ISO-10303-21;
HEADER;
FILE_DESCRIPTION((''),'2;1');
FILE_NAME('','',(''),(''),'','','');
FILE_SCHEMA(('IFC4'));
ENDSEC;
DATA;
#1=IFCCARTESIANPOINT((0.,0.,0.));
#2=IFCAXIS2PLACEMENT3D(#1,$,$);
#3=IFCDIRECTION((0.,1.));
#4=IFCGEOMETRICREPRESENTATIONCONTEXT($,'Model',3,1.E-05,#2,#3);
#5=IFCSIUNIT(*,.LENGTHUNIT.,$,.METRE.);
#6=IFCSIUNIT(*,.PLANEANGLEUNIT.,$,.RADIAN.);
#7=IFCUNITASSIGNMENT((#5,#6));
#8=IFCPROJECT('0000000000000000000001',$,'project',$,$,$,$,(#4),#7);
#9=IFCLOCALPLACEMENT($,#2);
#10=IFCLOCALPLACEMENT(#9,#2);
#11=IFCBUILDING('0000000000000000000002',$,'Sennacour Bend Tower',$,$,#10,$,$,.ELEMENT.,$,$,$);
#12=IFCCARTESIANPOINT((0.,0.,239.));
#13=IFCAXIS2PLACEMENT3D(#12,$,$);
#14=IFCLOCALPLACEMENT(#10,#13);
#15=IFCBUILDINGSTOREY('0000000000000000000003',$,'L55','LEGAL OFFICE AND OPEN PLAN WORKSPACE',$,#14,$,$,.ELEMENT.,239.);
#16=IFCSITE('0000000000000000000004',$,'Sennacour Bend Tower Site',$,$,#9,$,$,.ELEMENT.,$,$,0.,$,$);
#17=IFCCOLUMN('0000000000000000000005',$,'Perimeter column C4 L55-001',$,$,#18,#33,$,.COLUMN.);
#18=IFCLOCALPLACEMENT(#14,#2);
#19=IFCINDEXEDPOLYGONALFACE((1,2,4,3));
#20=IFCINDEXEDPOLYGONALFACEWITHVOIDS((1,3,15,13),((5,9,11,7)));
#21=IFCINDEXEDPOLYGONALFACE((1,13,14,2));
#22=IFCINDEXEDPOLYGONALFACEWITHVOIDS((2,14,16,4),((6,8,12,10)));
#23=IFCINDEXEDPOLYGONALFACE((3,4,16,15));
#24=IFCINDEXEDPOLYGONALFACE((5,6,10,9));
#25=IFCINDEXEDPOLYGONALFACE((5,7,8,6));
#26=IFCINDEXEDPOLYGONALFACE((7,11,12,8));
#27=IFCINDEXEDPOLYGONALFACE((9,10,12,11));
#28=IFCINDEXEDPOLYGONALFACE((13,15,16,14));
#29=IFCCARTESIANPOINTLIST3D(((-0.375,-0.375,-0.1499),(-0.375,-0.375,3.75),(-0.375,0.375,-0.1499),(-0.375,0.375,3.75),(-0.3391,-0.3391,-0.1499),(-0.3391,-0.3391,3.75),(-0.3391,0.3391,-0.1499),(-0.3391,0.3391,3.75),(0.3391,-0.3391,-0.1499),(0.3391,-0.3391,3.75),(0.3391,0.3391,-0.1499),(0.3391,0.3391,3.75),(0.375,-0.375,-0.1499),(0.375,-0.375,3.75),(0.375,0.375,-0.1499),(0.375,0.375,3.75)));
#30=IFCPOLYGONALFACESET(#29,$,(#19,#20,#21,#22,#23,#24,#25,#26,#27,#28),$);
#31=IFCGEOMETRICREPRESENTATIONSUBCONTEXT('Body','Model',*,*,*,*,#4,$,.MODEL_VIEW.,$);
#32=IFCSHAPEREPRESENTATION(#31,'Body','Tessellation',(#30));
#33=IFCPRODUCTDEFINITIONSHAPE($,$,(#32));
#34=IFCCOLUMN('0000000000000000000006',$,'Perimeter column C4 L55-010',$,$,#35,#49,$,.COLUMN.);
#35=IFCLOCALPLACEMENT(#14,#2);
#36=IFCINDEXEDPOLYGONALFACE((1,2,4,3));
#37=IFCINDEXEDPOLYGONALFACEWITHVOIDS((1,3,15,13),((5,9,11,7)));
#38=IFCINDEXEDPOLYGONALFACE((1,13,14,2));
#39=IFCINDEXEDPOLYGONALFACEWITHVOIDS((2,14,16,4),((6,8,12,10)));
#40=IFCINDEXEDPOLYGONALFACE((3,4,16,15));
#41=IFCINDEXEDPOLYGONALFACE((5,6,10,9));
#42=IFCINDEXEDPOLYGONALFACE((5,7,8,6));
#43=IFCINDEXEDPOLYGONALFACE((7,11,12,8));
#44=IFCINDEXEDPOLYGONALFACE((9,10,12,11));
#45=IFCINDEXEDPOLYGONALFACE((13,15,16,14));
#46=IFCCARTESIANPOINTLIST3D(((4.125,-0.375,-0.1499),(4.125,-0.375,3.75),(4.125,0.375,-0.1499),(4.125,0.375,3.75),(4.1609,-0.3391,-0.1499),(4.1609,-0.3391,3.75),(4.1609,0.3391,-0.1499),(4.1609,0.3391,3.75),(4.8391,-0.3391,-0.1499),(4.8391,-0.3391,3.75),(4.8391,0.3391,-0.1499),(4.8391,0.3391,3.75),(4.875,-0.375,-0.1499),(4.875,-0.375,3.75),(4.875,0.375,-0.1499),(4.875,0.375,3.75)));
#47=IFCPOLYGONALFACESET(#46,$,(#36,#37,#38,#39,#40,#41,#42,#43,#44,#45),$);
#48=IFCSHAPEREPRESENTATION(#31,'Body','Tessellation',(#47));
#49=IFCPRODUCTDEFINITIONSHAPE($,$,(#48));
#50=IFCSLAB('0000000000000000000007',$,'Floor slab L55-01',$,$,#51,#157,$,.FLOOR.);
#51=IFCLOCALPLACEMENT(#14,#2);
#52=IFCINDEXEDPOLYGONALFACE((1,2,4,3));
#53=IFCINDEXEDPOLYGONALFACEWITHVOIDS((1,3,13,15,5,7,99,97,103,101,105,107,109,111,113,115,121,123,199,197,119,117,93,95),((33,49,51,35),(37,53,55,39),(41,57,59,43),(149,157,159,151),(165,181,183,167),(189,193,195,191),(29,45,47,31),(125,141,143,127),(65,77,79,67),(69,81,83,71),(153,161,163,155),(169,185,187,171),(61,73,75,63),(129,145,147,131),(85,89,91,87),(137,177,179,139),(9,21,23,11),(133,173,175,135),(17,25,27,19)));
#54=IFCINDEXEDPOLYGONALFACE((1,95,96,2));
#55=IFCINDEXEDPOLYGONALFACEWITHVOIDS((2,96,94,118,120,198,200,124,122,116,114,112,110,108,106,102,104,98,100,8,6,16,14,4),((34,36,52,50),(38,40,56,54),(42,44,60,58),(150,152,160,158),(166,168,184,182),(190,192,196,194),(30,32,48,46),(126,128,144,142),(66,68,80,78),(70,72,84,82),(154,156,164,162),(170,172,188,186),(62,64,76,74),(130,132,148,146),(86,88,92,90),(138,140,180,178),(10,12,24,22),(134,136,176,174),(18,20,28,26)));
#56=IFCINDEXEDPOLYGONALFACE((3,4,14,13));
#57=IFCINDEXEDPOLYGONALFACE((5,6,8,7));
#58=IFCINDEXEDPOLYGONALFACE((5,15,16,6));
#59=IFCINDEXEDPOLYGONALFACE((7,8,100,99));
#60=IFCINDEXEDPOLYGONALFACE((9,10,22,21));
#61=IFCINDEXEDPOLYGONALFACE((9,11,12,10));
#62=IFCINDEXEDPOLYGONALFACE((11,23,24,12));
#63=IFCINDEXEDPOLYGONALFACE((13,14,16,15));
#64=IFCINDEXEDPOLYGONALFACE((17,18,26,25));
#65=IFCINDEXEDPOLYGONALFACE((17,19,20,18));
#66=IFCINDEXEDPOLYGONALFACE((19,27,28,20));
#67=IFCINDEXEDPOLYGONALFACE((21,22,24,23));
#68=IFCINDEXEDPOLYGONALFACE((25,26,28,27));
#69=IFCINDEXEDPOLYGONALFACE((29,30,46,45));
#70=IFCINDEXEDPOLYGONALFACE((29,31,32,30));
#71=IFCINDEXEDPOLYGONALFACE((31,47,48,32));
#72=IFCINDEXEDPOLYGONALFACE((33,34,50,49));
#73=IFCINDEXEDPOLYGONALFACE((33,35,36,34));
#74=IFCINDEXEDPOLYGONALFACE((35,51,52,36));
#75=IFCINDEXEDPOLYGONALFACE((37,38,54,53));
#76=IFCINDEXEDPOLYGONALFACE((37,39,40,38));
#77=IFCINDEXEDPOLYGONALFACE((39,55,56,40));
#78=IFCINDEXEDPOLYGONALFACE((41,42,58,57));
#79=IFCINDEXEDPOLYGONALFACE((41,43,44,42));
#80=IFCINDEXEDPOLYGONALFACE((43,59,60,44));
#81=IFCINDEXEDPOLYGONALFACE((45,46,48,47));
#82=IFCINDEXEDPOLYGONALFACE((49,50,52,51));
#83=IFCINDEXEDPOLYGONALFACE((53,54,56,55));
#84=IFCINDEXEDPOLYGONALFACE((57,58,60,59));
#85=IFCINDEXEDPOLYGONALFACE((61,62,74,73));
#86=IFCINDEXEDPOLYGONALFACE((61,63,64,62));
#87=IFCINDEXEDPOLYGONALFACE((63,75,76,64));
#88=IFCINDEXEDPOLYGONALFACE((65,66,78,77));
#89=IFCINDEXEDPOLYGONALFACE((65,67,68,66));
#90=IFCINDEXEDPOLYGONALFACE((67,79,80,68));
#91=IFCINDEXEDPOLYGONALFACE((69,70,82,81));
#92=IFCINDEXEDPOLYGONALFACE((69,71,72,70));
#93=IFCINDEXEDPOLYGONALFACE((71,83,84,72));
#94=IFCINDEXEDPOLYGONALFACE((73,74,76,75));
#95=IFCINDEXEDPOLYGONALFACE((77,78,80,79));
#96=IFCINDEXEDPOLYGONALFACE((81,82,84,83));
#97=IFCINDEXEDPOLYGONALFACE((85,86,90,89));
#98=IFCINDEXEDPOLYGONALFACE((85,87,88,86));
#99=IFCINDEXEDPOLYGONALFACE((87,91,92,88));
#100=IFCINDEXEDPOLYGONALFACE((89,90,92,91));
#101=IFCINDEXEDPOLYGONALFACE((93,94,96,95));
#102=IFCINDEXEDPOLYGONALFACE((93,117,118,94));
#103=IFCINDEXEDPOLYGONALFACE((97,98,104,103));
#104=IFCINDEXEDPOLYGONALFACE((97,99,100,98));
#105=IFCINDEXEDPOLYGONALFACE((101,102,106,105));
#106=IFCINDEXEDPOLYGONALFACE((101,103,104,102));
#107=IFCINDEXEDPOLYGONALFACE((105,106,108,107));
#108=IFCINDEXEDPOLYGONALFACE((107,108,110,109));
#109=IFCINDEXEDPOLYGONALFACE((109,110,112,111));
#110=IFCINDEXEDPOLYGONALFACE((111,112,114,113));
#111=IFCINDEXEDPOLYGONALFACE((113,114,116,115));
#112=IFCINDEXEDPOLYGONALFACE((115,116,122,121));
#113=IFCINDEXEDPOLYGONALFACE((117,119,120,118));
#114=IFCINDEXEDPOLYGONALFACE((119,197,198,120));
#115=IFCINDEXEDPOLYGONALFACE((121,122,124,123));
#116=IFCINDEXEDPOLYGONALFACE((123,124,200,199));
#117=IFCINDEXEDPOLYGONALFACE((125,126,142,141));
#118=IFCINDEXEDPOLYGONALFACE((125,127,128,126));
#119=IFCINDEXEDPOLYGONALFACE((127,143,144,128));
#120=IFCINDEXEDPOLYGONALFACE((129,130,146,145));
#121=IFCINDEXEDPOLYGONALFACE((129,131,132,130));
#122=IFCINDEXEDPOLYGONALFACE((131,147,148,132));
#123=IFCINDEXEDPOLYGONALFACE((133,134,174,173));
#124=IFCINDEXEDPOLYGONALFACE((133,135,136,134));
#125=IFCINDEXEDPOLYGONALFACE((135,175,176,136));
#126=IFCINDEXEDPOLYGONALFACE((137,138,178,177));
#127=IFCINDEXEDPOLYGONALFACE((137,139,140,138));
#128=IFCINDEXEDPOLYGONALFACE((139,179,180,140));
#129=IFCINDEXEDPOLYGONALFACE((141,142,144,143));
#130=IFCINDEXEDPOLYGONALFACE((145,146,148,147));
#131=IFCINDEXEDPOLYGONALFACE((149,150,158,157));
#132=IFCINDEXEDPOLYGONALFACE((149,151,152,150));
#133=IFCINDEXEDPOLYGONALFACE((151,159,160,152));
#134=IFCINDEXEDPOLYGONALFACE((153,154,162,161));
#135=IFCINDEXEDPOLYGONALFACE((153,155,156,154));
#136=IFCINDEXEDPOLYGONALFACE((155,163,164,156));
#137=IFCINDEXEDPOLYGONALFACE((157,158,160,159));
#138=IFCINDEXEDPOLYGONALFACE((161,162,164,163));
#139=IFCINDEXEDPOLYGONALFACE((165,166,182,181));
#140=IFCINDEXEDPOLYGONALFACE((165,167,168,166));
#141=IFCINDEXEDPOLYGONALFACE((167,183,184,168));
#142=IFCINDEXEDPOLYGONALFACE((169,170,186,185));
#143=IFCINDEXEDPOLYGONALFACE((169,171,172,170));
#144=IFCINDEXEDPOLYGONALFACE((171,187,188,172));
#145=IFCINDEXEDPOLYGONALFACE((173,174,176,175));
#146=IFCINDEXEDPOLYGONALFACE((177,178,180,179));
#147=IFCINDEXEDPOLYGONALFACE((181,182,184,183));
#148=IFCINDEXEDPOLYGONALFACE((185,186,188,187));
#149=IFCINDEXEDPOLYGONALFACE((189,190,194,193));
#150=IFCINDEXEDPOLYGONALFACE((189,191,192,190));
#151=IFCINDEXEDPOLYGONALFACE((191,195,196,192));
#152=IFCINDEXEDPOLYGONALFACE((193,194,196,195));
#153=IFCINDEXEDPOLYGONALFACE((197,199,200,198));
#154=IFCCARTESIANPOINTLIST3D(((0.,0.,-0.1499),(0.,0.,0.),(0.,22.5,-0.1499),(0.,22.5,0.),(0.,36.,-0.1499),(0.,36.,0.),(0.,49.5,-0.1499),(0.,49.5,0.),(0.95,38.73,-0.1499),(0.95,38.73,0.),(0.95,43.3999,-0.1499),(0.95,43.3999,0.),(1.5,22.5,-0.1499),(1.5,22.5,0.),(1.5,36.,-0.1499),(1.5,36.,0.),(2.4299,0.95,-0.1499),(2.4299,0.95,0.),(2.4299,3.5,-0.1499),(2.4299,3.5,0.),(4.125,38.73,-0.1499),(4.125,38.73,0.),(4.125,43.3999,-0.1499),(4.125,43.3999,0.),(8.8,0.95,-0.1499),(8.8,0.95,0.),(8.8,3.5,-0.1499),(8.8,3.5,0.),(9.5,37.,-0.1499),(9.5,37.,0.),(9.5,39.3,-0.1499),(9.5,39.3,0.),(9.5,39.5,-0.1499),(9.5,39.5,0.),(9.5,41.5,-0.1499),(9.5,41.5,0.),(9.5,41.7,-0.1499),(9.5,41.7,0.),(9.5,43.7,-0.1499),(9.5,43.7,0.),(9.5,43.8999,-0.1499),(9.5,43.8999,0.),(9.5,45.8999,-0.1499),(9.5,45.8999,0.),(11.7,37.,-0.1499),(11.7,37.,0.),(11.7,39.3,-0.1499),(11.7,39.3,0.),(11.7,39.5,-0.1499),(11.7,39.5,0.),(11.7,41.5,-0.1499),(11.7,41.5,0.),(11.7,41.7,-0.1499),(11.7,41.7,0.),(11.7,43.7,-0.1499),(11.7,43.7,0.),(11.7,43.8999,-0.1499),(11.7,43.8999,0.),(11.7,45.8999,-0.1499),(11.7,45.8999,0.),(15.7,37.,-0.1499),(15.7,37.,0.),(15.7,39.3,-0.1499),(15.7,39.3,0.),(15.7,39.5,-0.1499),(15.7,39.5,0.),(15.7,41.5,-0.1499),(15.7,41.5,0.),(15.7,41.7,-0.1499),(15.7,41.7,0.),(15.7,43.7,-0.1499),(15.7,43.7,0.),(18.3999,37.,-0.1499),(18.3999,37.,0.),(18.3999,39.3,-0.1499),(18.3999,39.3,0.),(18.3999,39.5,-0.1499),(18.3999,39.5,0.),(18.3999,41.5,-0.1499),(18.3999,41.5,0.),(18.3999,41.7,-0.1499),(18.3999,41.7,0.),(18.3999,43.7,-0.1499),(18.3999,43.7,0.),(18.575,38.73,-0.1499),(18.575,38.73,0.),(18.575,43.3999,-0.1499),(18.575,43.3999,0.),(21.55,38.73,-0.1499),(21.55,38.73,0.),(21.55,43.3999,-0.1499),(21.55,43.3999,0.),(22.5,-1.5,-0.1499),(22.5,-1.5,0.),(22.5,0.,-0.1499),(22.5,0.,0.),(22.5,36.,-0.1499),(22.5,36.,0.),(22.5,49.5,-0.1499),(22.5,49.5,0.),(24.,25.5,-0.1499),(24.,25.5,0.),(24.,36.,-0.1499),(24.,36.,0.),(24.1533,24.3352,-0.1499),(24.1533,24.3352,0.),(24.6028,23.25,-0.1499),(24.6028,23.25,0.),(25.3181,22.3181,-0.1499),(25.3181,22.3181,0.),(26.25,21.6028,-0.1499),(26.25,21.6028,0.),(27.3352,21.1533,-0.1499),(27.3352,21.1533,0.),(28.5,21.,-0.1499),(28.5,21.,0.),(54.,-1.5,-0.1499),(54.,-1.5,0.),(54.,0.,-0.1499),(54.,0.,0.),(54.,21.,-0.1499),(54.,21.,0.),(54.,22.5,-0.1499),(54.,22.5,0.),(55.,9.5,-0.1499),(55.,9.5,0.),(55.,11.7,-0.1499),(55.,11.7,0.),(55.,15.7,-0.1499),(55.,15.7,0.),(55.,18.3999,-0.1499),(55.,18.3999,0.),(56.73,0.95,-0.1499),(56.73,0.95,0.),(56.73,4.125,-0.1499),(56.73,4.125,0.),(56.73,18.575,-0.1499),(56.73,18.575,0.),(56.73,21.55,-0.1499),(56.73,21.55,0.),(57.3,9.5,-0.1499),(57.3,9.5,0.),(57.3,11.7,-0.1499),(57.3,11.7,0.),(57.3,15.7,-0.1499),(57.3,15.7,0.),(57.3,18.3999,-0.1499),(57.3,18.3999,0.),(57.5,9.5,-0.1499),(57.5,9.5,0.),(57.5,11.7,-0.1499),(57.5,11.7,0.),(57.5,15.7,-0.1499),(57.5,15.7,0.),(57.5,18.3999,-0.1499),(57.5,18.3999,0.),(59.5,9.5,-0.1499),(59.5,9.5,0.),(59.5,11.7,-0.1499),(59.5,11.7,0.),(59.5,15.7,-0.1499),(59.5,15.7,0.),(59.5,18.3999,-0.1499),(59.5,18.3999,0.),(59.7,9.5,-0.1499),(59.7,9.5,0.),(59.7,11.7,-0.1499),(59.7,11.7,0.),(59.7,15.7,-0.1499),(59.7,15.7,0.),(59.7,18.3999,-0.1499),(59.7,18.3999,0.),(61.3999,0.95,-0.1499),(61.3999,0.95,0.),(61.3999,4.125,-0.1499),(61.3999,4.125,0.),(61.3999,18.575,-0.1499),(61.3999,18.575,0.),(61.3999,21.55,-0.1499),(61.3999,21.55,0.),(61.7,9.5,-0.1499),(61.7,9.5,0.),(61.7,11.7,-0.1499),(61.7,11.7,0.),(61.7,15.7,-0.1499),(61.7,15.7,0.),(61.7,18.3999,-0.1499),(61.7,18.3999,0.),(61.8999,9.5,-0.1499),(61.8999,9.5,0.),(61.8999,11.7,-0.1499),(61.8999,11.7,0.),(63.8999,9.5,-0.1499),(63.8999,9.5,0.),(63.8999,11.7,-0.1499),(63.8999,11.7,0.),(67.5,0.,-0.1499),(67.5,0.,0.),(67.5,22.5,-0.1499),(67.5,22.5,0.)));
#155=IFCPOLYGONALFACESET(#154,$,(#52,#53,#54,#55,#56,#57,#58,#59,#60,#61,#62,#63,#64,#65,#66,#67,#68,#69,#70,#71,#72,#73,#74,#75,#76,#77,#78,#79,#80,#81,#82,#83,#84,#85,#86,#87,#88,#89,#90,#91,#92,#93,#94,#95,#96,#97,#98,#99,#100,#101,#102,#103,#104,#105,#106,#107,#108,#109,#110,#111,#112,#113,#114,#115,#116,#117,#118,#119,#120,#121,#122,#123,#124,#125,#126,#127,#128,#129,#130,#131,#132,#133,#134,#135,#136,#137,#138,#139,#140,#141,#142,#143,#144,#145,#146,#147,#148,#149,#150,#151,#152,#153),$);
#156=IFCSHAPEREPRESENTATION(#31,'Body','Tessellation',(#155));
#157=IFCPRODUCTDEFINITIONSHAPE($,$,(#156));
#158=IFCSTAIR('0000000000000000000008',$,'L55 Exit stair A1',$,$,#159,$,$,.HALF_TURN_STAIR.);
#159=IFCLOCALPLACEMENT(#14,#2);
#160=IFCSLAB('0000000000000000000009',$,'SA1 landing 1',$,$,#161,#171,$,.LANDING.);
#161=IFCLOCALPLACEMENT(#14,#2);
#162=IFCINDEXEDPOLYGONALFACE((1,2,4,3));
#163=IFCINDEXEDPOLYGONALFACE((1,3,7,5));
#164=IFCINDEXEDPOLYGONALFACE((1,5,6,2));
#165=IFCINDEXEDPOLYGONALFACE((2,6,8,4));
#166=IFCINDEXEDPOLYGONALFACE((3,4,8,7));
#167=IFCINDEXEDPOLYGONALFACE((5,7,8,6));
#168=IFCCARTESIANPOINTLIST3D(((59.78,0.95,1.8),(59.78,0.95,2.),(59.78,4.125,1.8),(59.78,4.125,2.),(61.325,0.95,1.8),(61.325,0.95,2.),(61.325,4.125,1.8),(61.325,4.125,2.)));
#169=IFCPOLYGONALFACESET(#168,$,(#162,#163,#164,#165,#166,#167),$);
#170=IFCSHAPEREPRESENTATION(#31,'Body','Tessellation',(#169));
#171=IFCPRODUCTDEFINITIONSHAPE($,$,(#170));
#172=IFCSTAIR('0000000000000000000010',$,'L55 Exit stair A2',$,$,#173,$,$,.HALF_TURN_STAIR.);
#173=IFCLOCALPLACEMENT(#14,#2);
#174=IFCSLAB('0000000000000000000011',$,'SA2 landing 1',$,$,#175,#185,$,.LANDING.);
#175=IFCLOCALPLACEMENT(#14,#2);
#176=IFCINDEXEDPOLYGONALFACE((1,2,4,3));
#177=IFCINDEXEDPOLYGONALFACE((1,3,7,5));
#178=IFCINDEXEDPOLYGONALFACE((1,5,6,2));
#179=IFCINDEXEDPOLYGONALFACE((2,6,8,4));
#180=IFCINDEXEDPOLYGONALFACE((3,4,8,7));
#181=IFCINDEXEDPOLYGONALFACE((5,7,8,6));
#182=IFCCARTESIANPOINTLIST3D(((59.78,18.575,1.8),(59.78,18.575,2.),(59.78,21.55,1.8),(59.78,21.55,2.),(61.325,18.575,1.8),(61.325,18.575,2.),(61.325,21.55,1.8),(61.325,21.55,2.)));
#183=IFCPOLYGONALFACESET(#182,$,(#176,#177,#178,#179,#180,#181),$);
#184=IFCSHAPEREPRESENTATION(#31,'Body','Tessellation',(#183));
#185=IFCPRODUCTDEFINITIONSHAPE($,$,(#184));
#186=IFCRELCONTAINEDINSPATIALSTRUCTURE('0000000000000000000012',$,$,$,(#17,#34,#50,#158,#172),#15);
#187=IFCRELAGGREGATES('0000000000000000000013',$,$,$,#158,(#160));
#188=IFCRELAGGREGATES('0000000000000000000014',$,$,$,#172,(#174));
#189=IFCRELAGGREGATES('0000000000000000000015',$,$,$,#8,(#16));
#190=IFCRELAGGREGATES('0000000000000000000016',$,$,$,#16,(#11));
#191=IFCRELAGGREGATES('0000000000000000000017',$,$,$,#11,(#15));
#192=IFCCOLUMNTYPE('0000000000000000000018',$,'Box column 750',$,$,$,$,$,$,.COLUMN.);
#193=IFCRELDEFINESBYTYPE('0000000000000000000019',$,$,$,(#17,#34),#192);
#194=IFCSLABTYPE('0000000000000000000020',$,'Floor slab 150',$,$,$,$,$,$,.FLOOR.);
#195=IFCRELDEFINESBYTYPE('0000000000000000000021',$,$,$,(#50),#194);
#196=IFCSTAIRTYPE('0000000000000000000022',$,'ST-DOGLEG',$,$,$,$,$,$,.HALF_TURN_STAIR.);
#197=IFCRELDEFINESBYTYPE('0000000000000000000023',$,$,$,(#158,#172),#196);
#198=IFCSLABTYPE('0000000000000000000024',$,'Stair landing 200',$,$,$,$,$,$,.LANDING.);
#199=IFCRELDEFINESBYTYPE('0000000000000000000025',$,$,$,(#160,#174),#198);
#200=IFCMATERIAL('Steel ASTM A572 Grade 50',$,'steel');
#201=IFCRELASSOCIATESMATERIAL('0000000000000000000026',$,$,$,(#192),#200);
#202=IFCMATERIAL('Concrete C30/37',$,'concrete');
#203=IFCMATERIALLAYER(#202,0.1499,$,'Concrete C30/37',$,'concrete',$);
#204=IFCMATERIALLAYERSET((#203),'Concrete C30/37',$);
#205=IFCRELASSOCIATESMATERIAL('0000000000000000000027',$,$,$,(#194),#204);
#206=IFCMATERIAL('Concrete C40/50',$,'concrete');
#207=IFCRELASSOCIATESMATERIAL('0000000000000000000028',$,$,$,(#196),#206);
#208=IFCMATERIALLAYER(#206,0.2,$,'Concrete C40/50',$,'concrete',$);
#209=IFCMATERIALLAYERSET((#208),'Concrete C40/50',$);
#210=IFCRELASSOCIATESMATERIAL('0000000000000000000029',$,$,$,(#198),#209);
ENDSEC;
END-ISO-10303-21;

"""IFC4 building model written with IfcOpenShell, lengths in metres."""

from ifc_helpers import new_model, si_unit, direction, frame, origin, origin_2d, place, context, subcontext, project, spatial, polyline, hollow_rectangle, outline, extrude, material, layer, layer_set, material_profile, profile_set, type_object, element, aggregate, save


model = new_model("IFC4")

# Units and contexts
model_context = context("Model", 3, precision=1e-05, world=origin(), true_north=direction((0.0, 1.0)))
body_context = subcontext(model_context, "Body", "Model", "MODEL_VIEW")
ifc_project = project(units=[si_unit("LENGTHUNIT", "METRE"), si_unit("PLANEANGLEUNIT", "RADIAN")], contexts=[model_context])

# Site, building, storey
site_placement = place(None, origin())
site = spatial("IfcSite", under=ifc_project, at=site_placement, Name="Sennacour Bend Tower Site", CompositionType="ELEMENT", RefElevation=0.0)
building_placement = place(site_placement, origin())
building = spatial("IfcBuilding", under=site, at=building_placement, Name="Sennacour Bend Tower", CompositionType="ELEMENT")
storey_placement = place(building_placement, frame((0.0, 0.0, 239.0)))
storey = spatial("IfcBuildingStorey", under=building, at=storey_placement, Name="L55", Description="LEGAL OFFICE AND OPEN PLAN WORKSPACE", CompositionType="ELEMENT", Elevation=239.0)

# Columns
ifc_material_1 = material(Name="Steel ASTM A572 Grade 50", Category="steel")
ifc_material_profile = material_profile(ifc_material_1, hollow_rectangle(XDim=0.75, YDim=0.75, WallThickness=0.0359, at=origin_2d()), Name="Steel ASTM A572 Grade 50", Category="steel")
ifc_profile_set = profile_set([ifc_material_profile], Name="Steel ASTM A572 Grade 50")
column_type = type_object("IfcColumnType", Name="Box column 750", PredefinedType="COLUMN", material=ifc_profile_set)
for number, where, z_axis, x_axis, name in (
    (1, (0.0, 0.0, -0.1499), (0.0, 0.0, 1.0), (1.0, 0.0, 0.0), "Perimeter column C4 L55-001"),
    (2, (4.5, 0.0, -0.1499), (0.0, 0.0, 1.0), (1.0, 0.0, 0.0), "Perimeter column C4 L55-010"),
):
    element("IfcColumn", number, at=place(storey_placement, frame(where, z_axis=z_axis, x_axis=x_axis)), inside=storey, type_object=column_type, Name=name, PredefinedType="COLUMN", context=body_context, shape_type="SweptSolid", body=[
        extrude(hollow_rectangle(XDim=0.75, YDim=0.75, WallThickness=0.0359, at=origin_2d()), origin(), (0.0, 0.0, 1.0), 3.8999),
    ])

# Slab
ifc_material_2 = material(Name="Concrete C30/37", Category="concrete")
ifc_layer_1 = layer(ifc_material_2, 0.1499, Name="Concrete C30/37", Category="concrete")
ifc_layer_set_1 = layer_set([ifc_layer_1], Name="Concrete C30/37")
slab_type_1 = type_object("IfcSlabType", Name="Floor slab 150", PredefinedType="FLOOR", material=ifc_layer_set_1)
slab_1_placement = place(storey_placement, frame((0.0, 0.0, -0.1499)))
element("IfcSlab", 3, at=slab_1_placement, inside=storey, type_object=slab_type_1, Name="Floor slab L55-01", PredefinedType="FLOOR", context=body_context, shape_type="SweptSolid", body=[
    extrude(outline(polyline([(22.5, 0.0), (0.0, 0.0), (0.0, 22.5), (1.5, 22.5), (1.5, 36.0), (0.0, 36.0), (0.0, 49.5), (22.5, 49.5), (22.5, 36.0), (24.0, 36.0), (24.0, 25.5), (24.1533, 24.3352), (24.6028, 23.25), (25.3181, 22.3181), (26.25, 21.6028), (27.3352, 21.1533), (28.5, 21.0), (54.0, 21.0), (54.0, 22.5), (67.5, 22.5), (67.5, 0.0), (54.0, 0.0), (54.0, -1.5), (22.5, -1.5), (22.5, 0.0)]), holes=[polyline([(8.8, 0.95), (8.8, 3.5), (2.4299, 3.5), (2.4299, 0.95), (8.8, 0.95)]), polyline([(11.7, 37.0), (11.7, 39.3), (9.5, 39.3), (9.5, 37.0), (11.7, 37.0)]), polyline([(18.3999, 37.0), (18.3999, 39.3), (15.7, 39.3), (15.7, 37.0), (18.3999, 37.0)]), polyline([(11.7, 39.5), (11.7, 41.5), (9.5, 41.5), (9.5, 39.5), (11.7, 39.5)]), polyline([(18.3999, 39.5), (18.3999, 41.5), (15.7, 41.5), (15.7, 39.5), (18.3999, 39.5)]), polyline([(4.125, 38.73), (4.125, 43.3999), (0.95, 43.3999), (0.95, 38.73), (4.125, 38.73)]), polyline([(21.55, 38.73), (21.55, 43.3999), (18.575, 43.3999), (18.575, 38.73), (21.55, 38.73)]), polyline([(9.5, 41.7), (11.7, 41.7), (11.7, 43.7), (9.5, 43.7), (9.5, 41.7)]), polyline([(15.7, 41.7), (18.3999, 41.7), (18.3999, 43.7), (15.7, 43.7), (15.7, 41.7)]), polyline([(11.7, 43.8999), (11.7, 45.8999), (9.5, 45.8999), (9.5, 43.8999), (11.7, 43.8999)]), polyline([(61.3999, 0.95), (61.3999, 4.125), (56.73, 4.125), (56.73, 0.95), (61.3999, 0.95)]), polyline([(57.3, 9.5), (57.3, 11.7), (55.0, 11.7), (55.0, 9.5), (57.3, 9.5)]), polyline([(57.5, 9.5), (59.5, 9.5), (59.5, 11.7), (57.5, 11.7), (57.5, 9.5)]), polyline([(59.7, 9.5), (61.7, 9.5), (61.7, 11.7), (59.7, 11.7), (59.7, 9.5)]), polyline([(63.8999, 9.5), (63.8999, 11.7), (61.8999, 11.7), (61.8999, 9.5), (63.8999, 9.5)]), polyline([(57.3, 15.7), (57.3, 18.3999), (55.0, 18.3999), (55.0, 15.7), (57.3, 15.7)]), polyline([(59.5, 15.7), (59.5, 18.3999), (57.5, 18.3999), (57.5, 15.7), (59.5, 15.7)]), polyline([(59.7, 15.7), (61.7, 15.7), (61.7, 18.3999), (59.7, 18.3999), (59.7, 15.7)]), polyline([(56.73, 18.575), (61.3999, 18.575), (61.3999, 21.55), (56.73, 21.55), (56.73, 18.575)])]), origin(), (0.0, 0.0, 1.0), 0.1499),
])

# Stairs, slabs
ifc_material_3 = material(Name="Concrete C40/50", Category="concrete")
stair_type = type_object("IfcStairType", Name="ST-DOGLEG", PredefinedType="HALF_TURN_STAIR", material=ifc_material_3)
stair_1_placement = place(storey_placement, origin())
stair_1 = element("IfcStair", 4, at=stair_1_placement, inside=storey, type_object=stair_type, Name="L55 Exit stair A1", PredefinedType="HALF_TURN_STAIR")
ifc_layer_2 = layer(ifc_material_3, 0.2, Name="Concrete C40/50", Category="concrete")
ifc_layer_set_2 = layer_set([ifc_layer_2], Name="Concrete C40/50")
slab_type_2 = type_object("IfcSlabType", Name="Stair landing 200", PredefinedType="LANDING", material=ifc_layer_set_2)
slab_2_placement = place(storey_placement, frame((0.0, 0.0, 1.8)))
slab_2 = element("IfcSlab", 5, at=slab_2_placement, type_object=slab_type_2, Name="SA1 landing 1", PredefinedType="LANDING", context=body_context, shape_type="SweptSolid", body=[
    extrude(outline(polyline([(59.78, 0.95), (61.325, 0.95), (61.325, 4.125), (59.78, 4.125), (59.78, 0.95)])), origin(), (0.0, 0.0, 1.0), 0.2),
])
aggregate(stair_1, [slab_2])
stair_2_placement = place(storey_placement, origin())
stair_2 = element("IfcStair", 6, at=stair_2_placement, inside=storey, type_object=stair_type, Name="L55 Exit stair A2", PredefinedType="HALF_TURN_STAIR")
slab_3_placement = place(storey_placement, frame((0.0, 0.0, 1.8)))
slab_3 = element("IfcSlab", 7, at=slab_3_placement, type_object=slab_type_2, Name="SA2 landing 1", PredefinedType="LANDING", context=body_context, shape_type="SweptSolid", body=[
    extrude(outline(polyline([(59.78, 18.575), (61.325, 18.575), (61.325, 21.55), (59.78, 21.55), (59.78, 18.575)])), origin(), (0.0, 0.0, 1.0), 0.2),
])
aggregate(stair_2, [slab_3])

save(model, "model.ifc")
